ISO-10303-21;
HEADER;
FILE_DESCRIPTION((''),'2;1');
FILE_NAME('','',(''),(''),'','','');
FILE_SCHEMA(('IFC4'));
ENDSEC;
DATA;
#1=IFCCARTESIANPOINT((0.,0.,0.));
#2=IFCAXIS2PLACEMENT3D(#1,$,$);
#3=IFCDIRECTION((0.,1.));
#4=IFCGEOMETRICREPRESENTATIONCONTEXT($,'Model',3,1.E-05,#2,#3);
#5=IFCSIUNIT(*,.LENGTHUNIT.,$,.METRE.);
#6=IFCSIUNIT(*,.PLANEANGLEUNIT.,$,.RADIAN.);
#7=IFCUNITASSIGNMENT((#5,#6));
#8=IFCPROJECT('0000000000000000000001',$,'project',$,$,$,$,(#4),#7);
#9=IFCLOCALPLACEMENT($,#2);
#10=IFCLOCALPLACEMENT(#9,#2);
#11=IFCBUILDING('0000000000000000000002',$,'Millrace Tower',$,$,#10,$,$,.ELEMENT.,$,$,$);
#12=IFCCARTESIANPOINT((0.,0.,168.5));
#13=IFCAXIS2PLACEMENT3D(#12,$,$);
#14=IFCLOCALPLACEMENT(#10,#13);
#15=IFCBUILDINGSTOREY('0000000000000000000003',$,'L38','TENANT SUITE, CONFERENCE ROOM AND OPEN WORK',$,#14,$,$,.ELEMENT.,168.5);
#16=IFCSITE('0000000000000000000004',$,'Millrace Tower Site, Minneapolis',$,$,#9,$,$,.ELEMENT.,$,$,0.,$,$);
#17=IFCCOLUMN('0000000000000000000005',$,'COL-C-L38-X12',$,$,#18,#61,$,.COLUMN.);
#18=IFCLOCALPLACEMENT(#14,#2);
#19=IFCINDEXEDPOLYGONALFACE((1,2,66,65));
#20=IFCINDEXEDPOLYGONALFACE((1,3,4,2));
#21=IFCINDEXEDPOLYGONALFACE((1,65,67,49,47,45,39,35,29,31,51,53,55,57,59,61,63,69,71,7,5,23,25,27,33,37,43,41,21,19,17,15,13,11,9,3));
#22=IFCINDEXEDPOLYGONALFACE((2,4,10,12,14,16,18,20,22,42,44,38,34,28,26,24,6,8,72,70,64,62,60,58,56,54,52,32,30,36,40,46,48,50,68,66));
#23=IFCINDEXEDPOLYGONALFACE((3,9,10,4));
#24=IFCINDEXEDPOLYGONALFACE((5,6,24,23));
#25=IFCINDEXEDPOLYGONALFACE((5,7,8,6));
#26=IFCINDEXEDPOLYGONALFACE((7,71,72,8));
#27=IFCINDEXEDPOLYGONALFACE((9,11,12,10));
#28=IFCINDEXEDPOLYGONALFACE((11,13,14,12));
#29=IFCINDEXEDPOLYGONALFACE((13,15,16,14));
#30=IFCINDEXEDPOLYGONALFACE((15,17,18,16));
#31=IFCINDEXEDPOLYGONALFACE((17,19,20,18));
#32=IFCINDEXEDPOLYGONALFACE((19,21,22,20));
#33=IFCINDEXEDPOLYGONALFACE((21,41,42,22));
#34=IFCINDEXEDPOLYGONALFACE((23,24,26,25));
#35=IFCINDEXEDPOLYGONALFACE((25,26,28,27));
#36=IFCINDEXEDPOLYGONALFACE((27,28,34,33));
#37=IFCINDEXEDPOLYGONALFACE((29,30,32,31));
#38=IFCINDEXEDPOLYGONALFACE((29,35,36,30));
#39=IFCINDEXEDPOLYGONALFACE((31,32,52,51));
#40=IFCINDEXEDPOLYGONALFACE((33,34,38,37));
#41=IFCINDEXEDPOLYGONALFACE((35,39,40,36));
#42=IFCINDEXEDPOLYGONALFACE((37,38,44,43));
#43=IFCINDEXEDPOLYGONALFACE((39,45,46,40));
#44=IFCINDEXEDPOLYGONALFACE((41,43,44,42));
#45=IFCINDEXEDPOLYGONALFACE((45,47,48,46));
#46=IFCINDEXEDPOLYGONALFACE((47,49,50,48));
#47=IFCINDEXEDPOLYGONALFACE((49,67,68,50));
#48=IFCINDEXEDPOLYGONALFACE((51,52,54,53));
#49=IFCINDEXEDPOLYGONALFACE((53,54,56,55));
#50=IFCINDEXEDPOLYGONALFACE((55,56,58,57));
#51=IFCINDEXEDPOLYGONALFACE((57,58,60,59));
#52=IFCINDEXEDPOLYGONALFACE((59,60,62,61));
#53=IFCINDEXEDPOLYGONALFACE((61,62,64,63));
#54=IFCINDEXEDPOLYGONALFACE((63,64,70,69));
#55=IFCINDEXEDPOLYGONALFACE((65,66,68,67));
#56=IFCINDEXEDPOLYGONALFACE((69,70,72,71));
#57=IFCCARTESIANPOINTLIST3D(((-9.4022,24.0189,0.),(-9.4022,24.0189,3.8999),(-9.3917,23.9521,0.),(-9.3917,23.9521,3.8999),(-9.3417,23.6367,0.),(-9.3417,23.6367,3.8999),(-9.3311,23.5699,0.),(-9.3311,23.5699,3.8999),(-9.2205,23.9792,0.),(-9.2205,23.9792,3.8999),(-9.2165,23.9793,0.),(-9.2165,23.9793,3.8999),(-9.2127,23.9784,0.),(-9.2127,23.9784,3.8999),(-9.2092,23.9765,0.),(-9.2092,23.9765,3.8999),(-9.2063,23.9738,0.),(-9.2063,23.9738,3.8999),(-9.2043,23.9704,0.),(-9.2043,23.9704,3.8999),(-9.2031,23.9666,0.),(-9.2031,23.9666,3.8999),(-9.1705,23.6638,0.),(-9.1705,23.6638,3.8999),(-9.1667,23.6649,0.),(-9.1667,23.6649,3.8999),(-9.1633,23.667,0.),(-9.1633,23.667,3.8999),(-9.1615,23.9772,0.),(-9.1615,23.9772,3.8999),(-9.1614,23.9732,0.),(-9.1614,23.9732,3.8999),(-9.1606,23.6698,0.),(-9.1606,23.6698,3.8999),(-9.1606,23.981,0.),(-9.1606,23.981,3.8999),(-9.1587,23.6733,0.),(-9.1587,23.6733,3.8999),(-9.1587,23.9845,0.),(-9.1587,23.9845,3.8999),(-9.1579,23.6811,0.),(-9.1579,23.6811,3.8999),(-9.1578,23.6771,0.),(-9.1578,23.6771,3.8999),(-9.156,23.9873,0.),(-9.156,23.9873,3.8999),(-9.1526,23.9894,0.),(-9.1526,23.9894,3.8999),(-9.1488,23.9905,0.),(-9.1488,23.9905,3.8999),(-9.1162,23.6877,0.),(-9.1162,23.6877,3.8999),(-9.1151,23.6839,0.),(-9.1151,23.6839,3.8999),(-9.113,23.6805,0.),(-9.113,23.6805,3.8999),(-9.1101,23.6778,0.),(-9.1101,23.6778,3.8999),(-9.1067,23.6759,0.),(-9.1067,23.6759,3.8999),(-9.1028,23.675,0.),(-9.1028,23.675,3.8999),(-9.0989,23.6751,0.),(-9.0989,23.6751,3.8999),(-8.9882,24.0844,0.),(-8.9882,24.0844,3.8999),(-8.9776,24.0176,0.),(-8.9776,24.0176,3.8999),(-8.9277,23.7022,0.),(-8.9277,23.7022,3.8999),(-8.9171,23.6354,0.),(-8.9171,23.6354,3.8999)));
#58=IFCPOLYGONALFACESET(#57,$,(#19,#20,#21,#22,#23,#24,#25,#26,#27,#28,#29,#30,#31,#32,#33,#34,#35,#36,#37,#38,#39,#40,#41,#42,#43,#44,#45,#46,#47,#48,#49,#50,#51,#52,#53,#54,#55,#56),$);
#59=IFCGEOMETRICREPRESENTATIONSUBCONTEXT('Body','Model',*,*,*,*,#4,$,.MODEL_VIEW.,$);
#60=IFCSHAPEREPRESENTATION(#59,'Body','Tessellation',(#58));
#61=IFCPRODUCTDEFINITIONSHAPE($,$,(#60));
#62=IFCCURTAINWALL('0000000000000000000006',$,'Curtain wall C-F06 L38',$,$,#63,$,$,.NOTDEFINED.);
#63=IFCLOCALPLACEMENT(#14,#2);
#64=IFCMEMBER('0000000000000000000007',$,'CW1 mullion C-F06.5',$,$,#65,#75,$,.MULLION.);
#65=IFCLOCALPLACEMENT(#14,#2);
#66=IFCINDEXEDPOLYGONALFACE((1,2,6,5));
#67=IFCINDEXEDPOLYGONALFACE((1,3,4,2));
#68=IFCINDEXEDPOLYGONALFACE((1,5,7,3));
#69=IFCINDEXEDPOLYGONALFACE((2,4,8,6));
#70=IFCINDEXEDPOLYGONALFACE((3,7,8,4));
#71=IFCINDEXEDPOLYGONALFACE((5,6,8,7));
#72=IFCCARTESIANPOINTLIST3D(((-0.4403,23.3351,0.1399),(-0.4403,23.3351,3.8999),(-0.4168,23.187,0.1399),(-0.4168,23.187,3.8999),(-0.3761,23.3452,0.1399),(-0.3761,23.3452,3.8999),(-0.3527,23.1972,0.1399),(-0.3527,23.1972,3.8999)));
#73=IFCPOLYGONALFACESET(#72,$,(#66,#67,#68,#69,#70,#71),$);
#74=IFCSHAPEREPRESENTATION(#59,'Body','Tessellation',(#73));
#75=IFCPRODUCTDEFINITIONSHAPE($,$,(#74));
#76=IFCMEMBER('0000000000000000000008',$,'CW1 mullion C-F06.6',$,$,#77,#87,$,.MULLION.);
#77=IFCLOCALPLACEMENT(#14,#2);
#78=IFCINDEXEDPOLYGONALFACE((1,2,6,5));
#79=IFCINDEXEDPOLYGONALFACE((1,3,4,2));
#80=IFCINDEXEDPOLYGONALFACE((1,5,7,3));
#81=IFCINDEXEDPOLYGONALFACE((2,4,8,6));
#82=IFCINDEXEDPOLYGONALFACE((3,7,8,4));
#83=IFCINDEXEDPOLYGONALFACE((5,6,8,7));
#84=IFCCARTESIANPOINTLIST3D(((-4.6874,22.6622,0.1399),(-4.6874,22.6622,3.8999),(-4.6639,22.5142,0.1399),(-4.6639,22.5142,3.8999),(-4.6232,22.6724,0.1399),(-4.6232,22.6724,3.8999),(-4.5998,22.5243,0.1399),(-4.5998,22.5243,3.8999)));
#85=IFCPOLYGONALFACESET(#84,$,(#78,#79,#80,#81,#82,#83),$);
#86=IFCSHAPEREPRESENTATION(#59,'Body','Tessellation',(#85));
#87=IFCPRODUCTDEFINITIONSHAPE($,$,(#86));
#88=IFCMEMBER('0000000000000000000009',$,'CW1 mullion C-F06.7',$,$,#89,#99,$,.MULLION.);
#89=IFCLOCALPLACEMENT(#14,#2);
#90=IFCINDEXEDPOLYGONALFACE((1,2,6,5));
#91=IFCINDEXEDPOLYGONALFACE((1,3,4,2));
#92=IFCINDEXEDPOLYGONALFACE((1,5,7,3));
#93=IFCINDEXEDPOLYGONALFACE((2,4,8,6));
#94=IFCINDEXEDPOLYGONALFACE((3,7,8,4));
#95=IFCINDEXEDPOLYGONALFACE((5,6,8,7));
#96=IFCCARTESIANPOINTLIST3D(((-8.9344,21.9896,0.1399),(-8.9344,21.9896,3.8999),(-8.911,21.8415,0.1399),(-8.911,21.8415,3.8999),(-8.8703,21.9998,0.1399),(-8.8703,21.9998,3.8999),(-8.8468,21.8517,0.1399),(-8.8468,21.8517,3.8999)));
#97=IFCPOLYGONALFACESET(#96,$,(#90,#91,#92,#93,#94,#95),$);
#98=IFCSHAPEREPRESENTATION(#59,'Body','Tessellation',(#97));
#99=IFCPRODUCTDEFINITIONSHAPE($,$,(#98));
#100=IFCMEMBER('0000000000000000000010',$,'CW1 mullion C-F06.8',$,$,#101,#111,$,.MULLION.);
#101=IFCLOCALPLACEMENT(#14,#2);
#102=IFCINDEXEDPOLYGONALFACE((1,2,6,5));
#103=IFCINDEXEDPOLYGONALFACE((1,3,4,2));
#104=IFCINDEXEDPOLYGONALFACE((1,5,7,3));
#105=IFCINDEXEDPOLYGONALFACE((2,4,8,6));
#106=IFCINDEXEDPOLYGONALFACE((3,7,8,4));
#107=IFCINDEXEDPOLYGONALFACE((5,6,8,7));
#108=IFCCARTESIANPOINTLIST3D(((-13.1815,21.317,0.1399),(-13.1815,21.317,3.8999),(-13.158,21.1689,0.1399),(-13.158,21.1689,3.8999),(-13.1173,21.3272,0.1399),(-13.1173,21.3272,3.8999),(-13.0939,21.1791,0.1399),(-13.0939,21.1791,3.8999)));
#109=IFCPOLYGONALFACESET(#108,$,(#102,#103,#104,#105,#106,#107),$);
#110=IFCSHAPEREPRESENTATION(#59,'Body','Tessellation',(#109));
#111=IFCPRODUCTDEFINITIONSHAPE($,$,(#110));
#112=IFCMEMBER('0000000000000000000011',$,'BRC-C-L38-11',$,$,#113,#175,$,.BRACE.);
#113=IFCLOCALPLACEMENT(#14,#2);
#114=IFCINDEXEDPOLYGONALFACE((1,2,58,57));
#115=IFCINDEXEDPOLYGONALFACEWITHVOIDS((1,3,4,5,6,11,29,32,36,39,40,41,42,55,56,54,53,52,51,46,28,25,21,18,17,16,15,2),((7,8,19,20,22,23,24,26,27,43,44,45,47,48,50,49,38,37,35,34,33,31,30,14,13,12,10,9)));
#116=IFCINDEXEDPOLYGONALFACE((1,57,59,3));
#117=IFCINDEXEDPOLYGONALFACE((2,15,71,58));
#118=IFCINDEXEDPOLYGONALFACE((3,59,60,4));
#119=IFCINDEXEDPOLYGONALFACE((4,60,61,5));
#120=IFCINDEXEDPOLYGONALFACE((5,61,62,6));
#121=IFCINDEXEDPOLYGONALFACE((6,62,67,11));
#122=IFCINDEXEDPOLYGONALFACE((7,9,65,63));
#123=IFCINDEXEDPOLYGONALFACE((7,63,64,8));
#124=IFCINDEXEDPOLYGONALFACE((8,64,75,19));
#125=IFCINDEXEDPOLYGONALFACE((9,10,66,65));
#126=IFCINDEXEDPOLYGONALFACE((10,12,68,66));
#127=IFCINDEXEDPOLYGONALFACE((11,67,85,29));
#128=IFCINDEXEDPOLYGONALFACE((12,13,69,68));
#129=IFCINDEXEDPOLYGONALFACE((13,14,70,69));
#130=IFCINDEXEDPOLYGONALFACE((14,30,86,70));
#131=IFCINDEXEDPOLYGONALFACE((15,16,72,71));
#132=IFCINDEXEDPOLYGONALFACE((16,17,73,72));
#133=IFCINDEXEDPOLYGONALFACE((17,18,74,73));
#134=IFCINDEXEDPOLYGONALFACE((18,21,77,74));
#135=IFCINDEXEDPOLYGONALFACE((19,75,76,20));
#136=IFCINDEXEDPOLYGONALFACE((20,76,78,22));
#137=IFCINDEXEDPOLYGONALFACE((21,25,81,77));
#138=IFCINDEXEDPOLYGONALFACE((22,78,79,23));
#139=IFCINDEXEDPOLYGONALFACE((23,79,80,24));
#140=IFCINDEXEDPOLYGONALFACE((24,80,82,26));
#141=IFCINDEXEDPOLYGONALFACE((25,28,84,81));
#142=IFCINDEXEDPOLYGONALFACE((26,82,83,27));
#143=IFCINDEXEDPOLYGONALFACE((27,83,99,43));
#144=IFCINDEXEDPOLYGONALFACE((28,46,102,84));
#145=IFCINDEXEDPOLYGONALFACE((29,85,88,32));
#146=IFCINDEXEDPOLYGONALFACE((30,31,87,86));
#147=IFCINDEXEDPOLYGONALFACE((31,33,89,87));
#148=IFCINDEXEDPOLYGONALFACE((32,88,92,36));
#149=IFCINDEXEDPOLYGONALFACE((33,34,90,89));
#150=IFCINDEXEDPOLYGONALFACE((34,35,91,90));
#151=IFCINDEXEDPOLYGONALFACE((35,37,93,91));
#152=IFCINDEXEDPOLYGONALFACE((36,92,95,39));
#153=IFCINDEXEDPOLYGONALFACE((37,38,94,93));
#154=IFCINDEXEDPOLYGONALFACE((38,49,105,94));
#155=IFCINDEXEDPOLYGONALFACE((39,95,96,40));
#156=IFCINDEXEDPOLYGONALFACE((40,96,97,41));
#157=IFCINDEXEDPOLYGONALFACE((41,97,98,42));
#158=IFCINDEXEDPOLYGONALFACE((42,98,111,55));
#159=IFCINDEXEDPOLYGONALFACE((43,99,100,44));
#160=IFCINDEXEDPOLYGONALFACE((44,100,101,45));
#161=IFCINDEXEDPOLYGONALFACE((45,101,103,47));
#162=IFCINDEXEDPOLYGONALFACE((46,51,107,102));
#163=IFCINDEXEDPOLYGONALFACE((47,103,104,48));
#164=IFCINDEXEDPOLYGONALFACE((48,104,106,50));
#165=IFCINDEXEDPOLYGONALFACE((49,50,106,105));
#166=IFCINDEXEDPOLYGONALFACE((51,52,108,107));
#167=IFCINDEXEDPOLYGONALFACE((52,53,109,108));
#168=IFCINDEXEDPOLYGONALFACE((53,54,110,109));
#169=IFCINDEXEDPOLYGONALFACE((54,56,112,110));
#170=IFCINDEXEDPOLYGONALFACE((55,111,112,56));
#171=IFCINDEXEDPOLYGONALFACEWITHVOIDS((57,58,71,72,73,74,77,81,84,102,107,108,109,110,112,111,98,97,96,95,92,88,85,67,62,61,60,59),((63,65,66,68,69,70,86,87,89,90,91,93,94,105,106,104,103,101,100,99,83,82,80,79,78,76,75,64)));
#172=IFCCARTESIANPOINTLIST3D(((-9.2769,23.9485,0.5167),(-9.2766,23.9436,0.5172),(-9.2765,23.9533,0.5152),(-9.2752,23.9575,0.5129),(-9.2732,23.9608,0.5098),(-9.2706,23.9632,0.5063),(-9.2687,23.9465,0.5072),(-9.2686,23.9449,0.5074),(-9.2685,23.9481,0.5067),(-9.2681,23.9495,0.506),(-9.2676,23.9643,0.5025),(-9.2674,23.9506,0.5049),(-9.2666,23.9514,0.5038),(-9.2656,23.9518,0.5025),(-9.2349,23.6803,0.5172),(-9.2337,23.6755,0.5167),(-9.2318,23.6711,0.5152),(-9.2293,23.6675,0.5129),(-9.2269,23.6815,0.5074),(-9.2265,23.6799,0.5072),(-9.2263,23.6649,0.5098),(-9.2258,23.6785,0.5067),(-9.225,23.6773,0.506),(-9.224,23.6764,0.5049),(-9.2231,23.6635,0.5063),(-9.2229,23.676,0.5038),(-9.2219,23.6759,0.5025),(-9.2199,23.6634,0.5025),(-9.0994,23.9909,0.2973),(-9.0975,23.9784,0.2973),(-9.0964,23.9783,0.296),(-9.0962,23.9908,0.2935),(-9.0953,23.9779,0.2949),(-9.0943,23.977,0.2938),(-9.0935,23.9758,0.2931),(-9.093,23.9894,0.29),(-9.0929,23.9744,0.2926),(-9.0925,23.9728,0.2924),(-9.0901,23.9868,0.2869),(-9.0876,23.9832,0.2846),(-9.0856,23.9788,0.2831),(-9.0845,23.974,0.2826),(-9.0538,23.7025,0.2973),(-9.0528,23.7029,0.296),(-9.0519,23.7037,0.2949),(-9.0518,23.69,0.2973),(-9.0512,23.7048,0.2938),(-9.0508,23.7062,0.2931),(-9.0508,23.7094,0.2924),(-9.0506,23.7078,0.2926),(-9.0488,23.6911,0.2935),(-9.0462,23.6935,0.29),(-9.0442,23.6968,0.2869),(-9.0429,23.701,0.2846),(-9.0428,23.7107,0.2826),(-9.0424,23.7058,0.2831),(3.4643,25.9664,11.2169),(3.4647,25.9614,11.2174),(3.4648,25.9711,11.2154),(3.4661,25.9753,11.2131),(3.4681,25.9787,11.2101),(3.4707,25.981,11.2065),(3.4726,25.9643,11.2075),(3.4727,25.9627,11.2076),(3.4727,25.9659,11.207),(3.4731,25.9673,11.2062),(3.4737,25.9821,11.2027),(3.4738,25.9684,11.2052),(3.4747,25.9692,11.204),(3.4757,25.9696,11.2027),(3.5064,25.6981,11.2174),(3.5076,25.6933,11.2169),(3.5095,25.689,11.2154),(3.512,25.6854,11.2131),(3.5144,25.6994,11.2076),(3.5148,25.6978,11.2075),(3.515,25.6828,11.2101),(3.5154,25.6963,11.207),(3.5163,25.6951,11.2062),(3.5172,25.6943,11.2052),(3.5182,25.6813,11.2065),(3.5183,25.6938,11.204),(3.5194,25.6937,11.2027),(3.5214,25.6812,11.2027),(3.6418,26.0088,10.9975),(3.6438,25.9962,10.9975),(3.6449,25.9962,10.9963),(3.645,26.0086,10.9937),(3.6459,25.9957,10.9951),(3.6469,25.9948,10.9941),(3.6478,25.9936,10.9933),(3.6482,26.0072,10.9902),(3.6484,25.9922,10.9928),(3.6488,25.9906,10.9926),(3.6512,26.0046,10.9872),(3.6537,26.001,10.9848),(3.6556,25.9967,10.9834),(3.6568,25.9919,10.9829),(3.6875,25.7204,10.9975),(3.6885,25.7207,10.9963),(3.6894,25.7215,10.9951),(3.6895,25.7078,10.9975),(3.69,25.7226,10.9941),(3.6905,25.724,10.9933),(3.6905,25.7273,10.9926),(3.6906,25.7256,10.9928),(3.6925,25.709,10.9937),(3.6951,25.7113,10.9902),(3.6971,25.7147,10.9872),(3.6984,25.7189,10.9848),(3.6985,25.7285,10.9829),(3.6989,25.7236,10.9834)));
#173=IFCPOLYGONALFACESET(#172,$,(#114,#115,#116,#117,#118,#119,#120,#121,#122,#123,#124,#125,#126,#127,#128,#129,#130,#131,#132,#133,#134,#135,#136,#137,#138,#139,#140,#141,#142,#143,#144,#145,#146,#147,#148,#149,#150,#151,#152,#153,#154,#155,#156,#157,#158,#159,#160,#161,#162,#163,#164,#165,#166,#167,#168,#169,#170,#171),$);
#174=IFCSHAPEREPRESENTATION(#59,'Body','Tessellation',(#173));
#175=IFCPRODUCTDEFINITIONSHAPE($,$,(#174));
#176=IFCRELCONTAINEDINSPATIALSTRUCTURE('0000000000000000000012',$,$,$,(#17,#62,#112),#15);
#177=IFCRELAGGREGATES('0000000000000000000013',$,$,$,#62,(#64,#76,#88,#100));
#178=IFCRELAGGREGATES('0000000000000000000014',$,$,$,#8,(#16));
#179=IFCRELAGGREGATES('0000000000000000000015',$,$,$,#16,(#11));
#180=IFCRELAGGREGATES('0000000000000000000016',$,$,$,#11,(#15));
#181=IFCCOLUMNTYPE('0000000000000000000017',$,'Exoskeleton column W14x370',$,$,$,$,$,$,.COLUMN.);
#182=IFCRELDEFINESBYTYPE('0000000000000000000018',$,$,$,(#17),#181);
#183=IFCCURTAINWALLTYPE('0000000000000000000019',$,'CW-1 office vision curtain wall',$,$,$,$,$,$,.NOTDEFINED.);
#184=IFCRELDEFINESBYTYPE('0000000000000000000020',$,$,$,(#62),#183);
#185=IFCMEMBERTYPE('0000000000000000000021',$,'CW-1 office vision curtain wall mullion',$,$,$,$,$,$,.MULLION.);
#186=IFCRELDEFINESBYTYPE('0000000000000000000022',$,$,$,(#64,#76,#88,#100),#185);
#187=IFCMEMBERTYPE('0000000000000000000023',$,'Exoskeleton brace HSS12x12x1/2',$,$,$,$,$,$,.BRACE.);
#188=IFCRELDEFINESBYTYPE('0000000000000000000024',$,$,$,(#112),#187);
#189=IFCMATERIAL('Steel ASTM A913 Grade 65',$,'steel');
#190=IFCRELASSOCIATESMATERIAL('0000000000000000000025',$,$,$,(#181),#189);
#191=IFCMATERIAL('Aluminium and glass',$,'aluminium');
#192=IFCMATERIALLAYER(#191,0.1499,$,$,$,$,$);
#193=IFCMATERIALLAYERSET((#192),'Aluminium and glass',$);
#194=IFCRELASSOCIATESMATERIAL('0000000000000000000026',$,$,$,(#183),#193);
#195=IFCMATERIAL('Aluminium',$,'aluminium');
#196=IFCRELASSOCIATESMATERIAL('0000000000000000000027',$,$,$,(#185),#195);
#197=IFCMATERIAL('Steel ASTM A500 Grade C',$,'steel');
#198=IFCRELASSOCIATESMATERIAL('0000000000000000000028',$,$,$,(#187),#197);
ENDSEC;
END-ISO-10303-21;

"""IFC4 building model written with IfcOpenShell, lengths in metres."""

from ifc_helpers import new_model, si_unit, direction, frame, origin, origin_2d, place, context, subcontext, project, spatial, rectangle, hollow_rectangle, i_section, extrude, material, layer, layer_set, material_profile, profile_set, type_object, element, aggregate, save


model = new_model("IFC4")

# Units and contexts
model_context = context("Model", 3, precision=1e-05, world=origin(), true_north=direction((0.0, 1.0)))
body_context = subcontext(model_context, "Body", "Model", "MODEL_VIEW")
ifc_project = project(units=[si_unit("LENGTHUNIT", "METRE"), si_unit("PLANEANGLEUNIT", "RADIAN")], contexts=[model_context])

# Site, building, storey
site_placement = place(None, origin())
site = spatial("IfcSite", under=ifc_project, at=site_placement, Name="Millrace Tower Site, Minneapolis", CompositionType="ELEMENT", RefElevation=0.0)
building_placement = place(site_placement, origin())
building = spatial("IfcBuilding", under=site, at=building_placement, Name="Millrace Tower", CompositionType="ELEMENT")
storey_placement = place(building_placement, frame((0.0, 0.0, 168.5)))
storey = spatial("IfcBuildingStorey", under=building, at=storey_placement, Name="L38", Description="TENANT SUITE, CONFERENCE ROOM AND OPEN WORK", CompositionType="ELEMENT", Elevation=168.5)

# Column
ifc_material_1 = material(Name="Steel ASTM A913 Grade 65", Category="steel")
ifc_material_profile_1 = material_profile(ifc_material_1, i_section(OverallWidth=0.4192, OverallDepth=0.4546, WebThickness=0.0422, FlangeThickness=0.0676, FilletRadius=0.0151, at=origin_2d()))
ifc_profile_set_1 = profile_set([ifc_material_profile_1], Name="Steel ASTM A913 Grade 65")
column_type = type_object("IfcColumnType", Name="Exoskeleton column W14x370", PredefinedType="COLUMN", material=ifc_profile_set_1)
column_placement = place(storey_placement, frame((-9.1597, 23.8271, 0.0), z_axis=(0.0, 0.0, 1.0), x_axis=(-0.987688, -0.156434, 0.0)))
element("IfcColumn", 1, at=column_placement, inside=storey, type_object=column_type, Name="COL-C-L38-X12", PredefinedType="COLUMN", context=body_context, shape_type="SweptSolid", body=[
    extrude(i_section(OverallWidth=0.4192, OverallDepth=0.4546, WebThickness=0.0422, FlangeThickness=0.0676, FilletRadius=0.0151, at=origin_2d()), origin(), (0.0, 0.0, 1.0), 3.8999),
])

# Curtain wall, members
ifc_material_2 = material(Name="Aluminium and glass", Category="aluminium")
ifc_layer_1 = layer(ifc_material_2, 0.1499)
ifc_layer_set_1 = layer_set([ifc_layer_1], Name="Aluminium and glass")
curtain_wall_type = type_object("IfcCurtainWallType", Name="CW-1 office vision curtain wall", PredefinedType="NOTDEFINED", material=ifc_layer_set_1)
placement = place(storey_placement, origin())
curtain_wall = element("IfcCurtainWall", 2, at=placement, inside=storey, type_object=curtain_wall_type, Name="Curtain wall C-F06 L38", PredefinedType="NOTDEFINED")
ifc_material_3 = material(Name="Aluminium", Category="aluminium")
ifc_material_profile_2 = material_profile(ifc_material_3, rectangle(XDim=0.0649, YDim=0.1499, at=origin_2d()))
ifc_profile_set_2 = profile_set([ifc_material_profile_2], Name="Aluminium")
member_type_1 = type_object("IfcMemberType", Name="CW-1 office vision curtain wall mullion", PredefinedType="MULLION", material=ifc_profile_set_2)
member_1_placement = place(storey_placement, frame((-0.3965, 23.2661, 0.1399), z_axis=(0.0, 0.0, 1.0), x_axis=(-0.987688, -0.156434, 0.0)))
member_1 = element("IfcMember", 3, at=member_1_placement, type_object=member_type_1, Name="CW1 mullion C-F06.5", PredefinedType="MULLION", context=body_context, shape_type="SweptSolid", body=[
    extrude(rectangle(XDim=0.0649, YDim=0.1499, at=origin_2d()), origin(), (0.0, 0.0, 1.0), 3.76),
])
member_2_placement = place(storey_placement, frame((-4.6436, 22.5933, 0.1399), z_axis=(0.0, 0.0, 1.0), x_axis=(-0.987688, -0.156434, 0.0)))
member_2 = element("IfcMember", 4, at=member_2_placement, type_object=member_type_1, Name="CW1 mullion C-F06.6", PredefinedType="MULLION", context=body_context, shape_type="SweptSolid", body=[
    extrude(rectangle(XDim=0.0649, YDim=0.1499, at=origin_2d()), origin(), (0.0, 0.0, 1.0), 3.76),
])
member_3_placement = place(storey_placement, frame((-8.8906, 21.9207, 0.1399), z_axis=(0.0, 0.0, 1.0), x_axis=(-0.987688, -0.156434, 0.0)))
member_3 = element("IfcMember", 5, at=member_3_placement, type_object=member_type_1, Name="CW1 mullion C-F06.7", PredefinedType="MULLION", context=body_context, shape_type="SweptSolid", body=[
    extrude(rectangle(XDim=0.0649, YDim=0.1499, at=origin_2d()), origin(), (0.0, 0.0, 1.0), 3.76),
])
member_4_placement = place(storey_placement, frame((-13.1377, 21.248, 0.1399), z_axis=(0.0, 0.0, 1.0), x_axis=(-0.987688, -0.156434, 0.0)))
member_4 = element("IfcMember", 6, at=member_4_placement, type_object=member_type_1, Name="CW1 mullion C-F06.8", PredefinedType="MULLION", context=body_context, shape_type="SweptSolid", body=[
    extrude(rectangle(XDim=0.0649, YDim=0.1499, at=origin_2d()), origin(), (0.0, 0.0, 1.0), 3.76),
])
aggregate(curtain_wall, [member_1, member_2, member_3, member_4])

# Member
ifc_material_4 = material(Name="Steel ASTM A500 Grade C", Category="steel")
ifc_material_profile_3 = material_profile(ifc_material_4, hollow_rectangle(XDim=0.3047, YDim=0.3047, WallThickness=0.0127, InnerFilletRadius=0.0063, OuterFilletRadius=0.019, at=origin_2d()))
ifc_profile_set_3 = profile_set([ifc_material_profile_3], Name="Steel ASTM A500 Grade C")
member_type_2 = type_object("IfcMemberType", Name="Exoskeleton brace HSS12x12x1/2", PredefinedType="BRACE", material=ifc_profile_set_3)
member_5_placement = place(storey_placement, frame((-9.1597, 23.8271, 0.3999), z_axis=(0.760206, 0.120394, 0.638429), x_axis=(-0.15642, 0.987691, 0.0)))
element("IfcMember", 7, at=member_5_placement, inside=storey, type_object=member_type_2, Name="BRC-C-L38-11", PredefinedType="BRACE", context=body_context, shape_type="SweptSolid", body=[
    extrude(hollow_rectangle(XDim=0.3047, YDim=0.3047, WallThickness=0.0127, InnerFilletRadius=0.0063, OuterFilletRadius=0.019, at=origin_2d()), origin(), (0.0, 0.0, 1.0), 16.7603),
])

save(model, "model.ifc")
